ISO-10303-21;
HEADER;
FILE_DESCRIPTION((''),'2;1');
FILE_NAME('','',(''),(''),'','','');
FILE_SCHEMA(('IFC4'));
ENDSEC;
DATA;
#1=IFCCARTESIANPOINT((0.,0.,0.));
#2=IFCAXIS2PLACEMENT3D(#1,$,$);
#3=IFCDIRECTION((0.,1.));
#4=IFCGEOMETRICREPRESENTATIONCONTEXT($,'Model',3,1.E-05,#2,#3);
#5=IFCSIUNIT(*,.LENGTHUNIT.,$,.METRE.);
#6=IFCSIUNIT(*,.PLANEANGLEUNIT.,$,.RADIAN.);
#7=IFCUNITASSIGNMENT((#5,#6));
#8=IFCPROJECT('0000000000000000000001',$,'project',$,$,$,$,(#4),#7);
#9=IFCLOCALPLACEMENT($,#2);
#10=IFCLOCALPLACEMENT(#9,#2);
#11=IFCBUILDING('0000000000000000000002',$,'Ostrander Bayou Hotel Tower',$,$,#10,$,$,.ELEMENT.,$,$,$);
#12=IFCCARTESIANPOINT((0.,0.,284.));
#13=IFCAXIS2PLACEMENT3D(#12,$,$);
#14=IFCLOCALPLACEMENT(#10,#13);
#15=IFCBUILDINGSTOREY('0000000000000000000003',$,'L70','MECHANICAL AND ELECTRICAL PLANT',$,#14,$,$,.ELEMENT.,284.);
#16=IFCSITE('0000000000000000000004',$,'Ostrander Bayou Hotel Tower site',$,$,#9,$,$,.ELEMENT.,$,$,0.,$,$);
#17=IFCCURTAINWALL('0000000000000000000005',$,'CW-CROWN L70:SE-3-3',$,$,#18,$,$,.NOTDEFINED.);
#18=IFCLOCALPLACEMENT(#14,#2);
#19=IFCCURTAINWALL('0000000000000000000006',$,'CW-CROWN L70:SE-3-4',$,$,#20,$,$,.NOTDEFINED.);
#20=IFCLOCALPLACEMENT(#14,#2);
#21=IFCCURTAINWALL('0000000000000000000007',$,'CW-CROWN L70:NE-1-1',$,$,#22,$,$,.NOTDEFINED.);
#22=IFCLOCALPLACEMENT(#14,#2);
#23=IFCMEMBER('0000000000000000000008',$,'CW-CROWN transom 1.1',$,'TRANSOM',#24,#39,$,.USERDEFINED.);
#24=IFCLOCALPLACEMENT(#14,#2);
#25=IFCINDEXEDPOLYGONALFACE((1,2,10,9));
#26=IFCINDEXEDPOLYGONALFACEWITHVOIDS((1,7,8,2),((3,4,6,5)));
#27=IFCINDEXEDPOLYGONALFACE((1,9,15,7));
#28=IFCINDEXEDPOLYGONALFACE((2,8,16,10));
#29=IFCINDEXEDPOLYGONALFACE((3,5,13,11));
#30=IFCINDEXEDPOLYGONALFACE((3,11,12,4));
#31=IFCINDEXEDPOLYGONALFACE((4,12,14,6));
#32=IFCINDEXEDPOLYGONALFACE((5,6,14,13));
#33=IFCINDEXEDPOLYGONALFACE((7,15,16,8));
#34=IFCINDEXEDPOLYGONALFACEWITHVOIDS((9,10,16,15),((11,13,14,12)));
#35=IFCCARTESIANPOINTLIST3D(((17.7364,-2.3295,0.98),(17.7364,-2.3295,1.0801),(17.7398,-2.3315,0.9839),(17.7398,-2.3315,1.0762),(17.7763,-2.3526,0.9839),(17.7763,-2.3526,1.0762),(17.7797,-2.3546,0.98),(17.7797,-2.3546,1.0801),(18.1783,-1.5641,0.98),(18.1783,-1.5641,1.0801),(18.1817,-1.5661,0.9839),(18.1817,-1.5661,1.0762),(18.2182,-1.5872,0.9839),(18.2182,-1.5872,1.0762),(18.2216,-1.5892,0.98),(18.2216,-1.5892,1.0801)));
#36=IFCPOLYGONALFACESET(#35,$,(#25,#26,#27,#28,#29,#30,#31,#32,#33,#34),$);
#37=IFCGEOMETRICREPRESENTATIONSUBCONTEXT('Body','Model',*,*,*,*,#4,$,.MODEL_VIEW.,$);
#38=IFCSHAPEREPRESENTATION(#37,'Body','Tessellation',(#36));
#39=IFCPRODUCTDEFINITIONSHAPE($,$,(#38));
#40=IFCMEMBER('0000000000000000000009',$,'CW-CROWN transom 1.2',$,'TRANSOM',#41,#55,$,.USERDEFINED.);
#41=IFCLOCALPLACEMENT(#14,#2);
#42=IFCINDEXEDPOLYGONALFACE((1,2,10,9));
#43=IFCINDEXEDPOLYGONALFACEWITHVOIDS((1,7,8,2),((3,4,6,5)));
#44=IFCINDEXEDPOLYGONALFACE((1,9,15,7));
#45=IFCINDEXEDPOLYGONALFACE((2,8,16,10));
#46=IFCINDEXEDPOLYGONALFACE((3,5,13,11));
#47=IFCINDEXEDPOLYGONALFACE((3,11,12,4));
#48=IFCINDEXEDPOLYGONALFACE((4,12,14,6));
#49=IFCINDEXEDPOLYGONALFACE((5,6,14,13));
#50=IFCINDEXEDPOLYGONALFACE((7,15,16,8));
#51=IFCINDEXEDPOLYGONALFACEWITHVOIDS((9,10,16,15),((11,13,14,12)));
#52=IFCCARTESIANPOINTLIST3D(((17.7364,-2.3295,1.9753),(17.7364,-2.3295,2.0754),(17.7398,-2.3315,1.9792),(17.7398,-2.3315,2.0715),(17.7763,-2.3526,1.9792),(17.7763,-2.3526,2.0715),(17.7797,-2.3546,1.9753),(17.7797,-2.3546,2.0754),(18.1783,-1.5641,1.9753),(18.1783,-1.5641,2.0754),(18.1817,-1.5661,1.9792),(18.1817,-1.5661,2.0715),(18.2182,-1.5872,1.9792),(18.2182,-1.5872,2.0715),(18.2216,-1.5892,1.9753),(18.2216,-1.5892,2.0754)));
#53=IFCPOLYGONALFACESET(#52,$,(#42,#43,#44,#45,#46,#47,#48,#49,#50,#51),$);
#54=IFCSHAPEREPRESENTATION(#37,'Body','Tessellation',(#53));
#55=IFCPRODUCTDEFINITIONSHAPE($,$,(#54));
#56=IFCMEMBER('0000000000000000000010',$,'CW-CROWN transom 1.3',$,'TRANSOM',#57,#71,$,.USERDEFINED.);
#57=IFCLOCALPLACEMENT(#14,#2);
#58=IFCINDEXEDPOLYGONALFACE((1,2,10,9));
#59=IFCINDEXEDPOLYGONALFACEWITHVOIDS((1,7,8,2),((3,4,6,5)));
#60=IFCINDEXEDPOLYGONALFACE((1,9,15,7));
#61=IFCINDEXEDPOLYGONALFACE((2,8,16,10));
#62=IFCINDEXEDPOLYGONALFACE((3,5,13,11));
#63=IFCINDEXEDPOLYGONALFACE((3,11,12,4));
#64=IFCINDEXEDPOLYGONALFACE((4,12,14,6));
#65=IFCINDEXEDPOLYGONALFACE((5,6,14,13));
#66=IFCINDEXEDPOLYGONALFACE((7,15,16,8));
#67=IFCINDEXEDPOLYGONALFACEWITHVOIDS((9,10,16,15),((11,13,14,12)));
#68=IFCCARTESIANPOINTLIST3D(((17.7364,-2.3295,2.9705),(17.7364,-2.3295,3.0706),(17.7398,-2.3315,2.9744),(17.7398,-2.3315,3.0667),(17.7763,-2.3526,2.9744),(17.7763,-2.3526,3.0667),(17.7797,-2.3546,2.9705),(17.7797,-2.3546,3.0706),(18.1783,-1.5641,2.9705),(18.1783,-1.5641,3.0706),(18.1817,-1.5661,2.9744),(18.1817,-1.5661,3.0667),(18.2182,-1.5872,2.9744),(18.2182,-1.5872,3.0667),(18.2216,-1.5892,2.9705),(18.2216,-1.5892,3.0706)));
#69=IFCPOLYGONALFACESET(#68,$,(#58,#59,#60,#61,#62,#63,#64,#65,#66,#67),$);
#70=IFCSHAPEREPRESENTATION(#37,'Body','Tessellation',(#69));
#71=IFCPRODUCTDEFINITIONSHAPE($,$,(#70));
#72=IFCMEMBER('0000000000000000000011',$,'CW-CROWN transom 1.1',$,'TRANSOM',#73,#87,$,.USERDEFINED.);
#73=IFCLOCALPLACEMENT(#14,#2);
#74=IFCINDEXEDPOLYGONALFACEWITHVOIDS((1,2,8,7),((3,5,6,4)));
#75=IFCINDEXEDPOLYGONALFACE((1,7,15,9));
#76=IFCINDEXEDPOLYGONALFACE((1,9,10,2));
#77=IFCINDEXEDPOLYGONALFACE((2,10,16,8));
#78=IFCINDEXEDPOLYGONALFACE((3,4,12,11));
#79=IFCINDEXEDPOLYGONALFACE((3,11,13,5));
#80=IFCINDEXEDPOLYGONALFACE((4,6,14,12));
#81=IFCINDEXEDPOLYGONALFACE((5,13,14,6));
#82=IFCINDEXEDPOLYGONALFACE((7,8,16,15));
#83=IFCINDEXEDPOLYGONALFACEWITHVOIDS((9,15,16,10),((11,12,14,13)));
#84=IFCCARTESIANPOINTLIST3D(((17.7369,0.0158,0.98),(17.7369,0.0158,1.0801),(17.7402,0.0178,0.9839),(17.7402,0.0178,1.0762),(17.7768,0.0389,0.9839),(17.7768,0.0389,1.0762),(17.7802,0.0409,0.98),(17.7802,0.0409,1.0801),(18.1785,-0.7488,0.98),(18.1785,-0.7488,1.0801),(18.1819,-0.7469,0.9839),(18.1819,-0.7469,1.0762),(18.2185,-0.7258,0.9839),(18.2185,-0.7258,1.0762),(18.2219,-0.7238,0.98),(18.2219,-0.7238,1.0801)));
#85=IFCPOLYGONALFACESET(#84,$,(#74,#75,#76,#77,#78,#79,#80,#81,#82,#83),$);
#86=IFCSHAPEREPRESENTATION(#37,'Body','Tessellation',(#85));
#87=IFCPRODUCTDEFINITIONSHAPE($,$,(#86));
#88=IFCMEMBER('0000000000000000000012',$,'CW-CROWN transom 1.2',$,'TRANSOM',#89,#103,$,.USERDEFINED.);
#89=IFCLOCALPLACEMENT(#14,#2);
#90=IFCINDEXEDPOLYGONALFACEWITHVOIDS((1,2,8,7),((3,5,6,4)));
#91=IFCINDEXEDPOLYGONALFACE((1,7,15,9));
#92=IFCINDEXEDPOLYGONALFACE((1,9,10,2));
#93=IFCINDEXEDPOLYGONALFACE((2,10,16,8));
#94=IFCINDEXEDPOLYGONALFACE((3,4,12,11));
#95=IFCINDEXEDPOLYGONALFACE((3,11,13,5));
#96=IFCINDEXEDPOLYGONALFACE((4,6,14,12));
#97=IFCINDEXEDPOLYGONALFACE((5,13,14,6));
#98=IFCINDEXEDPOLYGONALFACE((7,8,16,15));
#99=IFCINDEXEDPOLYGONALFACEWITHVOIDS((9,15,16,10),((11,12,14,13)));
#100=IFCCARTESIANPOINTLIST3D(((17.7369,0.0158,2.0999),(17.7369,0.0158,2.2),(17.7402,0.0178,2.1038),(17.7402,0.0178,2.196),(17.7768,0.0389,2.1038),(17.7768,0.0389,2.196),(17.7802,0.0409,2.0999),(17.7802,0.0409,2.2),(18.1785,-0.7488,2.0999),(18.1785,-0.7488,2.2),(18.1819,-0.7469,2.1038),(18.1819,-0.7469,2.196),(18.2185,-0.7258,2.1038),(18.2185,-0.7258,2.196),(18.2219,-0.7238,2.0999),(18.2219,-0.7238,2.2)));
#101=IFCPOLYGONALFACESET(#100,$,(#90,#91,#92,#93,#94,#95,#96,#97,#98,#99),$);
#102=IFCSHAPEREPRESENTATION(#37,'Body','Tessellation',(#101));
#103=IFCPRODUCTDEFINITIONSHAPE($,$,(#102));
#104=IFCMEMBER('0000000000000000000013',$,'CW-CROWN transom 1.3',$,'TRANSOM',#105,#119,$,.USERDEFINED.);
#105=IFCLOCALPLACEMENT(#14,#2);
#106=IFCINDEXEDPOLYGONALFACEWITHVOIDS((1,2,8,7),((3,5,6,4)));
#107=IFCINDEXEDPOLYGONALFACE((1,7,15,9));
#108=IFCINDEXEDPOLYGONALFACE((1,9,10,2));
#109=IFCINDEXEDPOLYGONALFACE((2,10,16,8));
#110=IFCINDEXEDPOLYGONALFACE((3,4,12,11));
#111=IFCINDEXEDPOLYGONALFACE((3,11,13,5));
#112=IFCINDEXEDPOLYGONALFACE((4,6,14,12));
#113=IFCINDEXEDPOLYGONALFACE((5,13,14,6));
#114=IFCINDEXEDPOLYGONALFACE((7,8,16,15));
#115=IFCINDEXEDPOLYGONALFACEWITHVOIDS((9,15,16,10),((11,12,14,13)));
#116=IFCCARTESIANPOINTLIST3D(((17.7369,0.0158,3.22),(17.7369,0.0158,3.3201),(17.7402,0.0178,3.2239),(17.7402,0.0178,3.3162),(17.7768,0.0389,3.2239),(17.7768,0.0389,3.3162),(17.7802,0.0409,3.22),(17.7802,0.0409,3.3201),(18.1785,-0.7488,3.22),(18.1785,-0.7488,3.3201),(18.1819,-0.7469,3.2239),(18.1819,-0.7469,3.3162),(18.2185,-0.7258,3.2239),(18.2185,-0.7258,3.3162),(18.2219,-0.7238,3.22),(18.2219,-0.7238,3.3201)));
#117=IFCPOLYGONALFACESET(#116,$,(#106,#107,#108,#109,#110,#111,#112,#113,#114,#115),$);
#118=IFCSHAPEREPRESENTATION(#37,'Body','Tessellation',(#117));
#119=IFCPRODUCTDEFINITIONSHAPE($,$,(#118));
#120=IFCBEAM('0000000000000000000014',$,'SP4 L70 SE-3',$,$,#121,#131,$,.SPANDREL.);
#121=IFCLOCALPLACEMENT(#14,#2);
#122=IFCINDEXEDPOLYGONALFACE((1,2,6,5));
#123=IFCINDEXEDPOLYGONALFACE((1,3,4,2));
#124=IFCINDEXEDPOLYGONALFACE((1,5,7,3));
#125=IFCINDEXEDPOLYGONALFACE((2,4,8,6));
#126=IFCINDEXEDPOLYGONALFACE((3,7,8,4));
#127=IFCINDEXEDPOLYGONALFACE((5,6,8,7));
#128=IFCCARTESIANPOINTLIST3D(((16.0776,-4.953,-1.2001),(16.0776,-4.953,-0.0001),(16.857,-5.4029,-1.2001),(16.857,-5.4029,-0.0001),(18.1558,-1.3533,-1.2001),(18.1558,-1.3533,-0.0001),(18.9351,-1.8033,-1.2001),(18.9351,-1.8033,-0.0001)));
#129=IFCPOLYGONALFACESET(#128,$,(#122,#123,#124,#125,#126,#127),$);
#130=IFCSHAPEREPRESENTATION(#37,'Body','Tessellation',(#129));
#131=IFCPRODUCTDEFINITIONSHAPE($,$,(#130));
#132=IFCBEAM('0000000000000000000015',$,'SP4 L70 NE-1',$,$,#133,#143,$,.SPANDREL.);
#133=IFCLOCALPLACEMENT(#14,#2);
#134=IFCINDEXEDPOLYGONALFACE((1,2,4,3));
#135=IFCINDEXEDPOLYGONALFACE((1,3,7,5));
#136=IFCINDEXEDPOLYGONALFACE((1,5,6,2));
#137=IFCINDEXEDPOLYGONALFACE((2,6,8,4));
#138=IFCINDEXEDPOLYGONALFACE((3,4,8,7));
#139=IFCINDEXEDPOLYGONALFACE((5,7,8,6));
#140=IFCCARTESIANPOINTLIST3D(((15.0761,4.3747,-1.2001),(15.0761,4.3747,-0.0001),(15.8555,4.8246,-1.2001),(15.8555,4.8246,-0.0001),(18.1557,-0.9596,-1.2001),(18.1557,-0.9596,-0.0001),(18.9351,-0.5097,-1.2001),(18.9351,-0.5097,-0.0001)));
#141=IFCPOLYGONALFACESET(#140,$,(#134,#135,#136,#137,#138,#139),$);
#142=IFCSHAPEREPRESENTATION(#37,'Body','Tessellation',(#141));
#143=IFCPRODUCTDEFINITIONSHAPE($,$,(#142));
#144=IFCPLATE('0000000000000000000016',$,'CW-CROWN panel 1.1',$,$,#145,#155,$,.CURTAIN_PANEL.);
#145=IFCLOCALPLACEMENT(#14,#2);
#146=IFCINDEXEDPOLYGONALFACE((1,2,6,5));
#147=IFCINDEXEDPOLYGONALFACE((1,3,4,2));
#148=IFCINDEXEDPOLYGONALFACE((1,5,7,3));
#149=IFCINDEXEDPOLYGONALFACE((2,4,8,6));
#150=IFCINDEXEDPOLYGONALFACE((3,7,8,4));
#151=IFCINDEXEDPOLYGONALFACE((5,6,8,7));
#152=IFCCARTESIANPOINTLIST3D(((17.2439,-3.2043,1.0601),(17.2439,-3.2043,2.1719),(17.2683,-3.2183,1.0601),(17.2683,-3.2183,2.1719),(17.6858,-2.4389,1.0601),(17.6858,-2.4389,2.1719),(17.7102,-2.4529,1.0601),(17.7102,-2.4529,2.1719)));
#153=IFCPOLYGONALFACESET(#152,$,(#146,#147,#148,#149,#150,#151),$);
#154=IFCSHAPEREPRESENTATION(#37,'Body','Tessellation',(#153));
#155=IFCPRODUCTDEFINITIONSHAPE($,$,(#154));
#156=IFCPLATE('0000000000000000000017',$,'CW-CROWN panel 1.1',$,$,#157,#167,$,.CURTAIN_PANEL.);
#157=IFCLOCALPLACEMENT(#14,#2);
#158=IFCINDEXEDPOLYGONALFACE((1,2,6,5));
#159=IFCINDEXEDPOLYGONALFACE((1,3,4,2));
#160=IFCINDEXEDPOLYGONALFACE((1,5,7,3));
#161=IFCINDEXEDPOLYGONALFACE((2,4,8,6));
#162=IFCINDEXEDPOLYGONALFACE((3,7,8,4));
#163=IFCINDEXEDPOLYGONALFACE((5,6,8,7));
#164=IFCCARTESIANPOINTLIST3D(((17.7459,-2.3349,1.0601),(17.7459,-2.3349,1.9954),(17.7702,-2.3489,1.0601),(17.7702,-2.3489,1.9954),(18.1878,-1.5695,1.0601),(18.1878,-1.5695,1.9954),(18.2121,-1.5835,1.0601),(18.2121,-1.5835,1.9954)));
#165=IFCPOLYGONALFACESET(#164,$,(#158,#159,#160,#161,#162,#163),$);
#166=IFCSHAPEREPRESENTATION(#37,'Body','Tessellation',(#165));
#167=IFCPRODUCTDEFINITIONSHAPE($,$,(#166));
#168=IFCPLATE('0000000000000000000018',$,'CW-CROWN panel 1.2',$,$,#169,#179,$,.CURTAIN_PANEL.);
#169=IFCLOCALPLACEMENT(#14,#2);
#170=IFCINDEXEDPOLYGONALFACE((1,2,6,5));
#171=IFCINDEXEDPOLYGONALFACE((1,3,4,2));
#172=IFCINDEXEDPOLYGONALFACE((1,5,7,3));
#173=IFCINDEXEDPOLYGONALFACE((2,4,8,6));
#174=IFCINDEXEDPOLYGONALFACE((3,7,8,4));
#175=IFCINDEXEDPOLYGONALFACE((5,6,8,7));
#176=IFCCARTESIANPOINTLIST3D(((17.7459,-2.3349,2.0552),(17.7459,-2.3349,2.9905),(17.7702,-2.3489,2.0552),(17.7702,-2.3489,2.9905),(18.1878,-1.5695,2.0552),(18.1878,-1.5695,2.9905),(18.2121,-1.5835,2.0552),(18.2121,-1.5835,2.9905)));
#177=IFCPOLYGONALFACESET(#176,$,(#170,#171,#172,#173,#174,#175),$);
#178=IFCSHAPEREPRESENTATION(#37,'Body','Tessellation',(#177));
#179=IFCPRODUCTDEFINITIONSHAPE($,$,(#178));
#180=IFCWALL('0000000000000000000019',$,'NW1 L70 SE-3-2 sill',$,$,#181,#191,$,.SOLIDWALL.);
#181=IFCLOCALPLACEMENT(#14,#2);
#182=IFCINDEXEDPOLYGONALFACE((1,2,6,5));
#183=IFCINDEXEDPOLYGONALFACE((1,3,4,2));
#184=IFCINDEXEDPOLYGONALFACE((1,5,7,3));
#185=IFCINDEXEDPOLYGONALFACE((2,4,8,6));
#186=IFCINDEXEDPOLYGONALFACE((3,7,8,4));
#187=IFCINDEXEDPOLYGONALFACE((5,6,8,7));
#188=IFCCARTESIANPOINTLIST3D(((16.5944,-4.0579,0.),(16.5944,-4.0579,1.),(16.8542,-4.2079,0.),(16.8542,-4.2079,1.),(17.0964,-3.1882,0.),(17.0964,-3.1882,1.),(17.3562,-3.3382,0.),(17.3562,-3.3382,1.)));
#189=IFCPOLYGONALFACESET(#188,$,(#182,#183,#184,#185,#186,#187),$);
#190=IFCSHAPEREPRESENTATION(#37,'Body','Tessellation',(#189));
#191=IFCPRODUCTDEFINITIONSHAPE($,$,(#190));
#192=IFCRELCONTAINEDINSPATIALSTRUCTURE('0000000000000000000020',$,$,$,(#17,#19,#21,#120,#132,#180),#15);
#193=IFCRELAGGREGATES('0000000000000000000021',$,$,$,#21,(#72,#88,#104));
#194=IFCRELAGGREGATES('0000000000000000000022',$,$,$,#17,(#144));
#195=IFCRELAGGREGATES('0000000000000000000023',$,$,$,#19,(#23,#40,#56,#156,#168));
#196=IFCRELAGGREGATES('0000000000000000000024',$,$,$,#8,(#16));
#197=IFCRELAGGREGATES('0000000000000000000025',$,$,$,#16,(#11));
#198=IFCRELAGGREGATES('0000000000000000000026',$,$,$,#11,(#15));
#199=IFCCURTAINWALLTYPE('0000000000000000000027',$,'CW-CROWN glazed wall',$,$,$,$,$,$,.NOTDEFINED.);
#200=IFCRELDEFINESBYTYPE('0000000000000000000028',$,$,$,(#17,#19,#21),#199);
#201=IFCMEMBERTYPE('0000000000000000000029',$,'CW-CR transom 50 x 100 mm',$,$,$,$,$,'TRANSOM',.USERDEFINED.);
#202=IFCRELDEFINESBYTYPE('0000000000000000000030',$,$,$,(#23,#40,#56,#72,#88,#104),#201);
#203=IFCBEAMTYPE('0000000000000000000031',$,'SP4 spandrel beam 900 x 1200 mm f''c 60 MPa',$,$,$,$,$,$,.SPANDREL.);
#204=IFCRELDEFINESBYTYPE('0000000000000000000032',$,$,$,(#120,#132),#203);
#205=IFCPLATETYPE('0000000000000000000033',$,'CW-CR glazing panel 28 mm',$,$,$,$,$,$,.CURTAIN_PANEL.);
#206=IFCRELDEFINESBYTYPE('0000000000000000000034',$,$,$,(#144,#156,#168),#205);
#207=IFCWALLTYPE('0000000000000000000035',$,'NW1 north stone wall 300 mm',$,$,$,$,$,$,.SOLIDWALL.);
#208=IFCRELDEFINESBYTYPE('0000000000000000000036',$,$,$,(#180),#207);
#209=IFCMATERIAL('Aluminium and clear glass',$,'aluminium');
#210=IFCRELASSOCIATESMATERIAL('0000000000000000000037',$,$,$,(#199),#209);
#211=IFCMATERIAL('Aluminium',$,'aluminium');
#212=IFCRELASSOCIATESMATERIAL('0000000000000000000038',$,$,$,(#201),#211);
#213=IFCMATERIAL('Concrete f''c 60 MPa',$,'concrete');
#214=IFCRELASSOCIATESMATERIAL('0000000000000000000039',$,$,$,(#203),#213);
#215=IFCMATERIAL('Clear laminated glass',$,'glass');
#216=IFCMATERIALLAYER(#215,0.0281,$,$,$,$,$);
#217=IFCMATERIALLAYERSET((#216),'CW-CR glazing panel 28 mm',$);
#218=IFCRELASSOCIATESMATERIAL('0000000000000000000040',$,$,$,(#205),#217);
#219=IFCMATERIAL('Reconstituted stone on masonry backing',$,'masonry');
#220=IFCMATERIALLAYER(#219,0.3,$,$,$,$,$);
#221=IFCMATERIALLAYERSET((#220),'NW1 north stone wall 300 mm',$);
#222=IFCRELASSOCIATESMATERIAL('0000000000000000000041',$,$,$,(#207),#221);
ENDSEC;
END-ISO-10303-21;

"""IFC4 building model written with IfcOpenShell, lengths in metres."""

from ifc_helpers import new_model, si_unit, direction, frame, frame_2d, origin, origin_2d, place, context, subcontext, project, spatial, rectangle, hollow_rectangle, extrude, material, layer, layer_set, material_profile, profile_set, type_object, element, aggregate, save


model = new_model("IFC4")

# Units and contexts
model_context = context("Model", 3, precision=1e-05, world=origin(), true_north=direction((0.0, 1.0)))
body_context = subcontext(model_context, "Body", "Model", "MODEL_VIEW")
ifc_project = project(units=[si_unit("LENGTHUNIT", "METRE"), si_unit("PLANEANGLEUNIT", "RADIAN")], contexts=[model_context])

# Site, building, storey
site_placement = place(None, origin())
site = spatial("IfcSite", under=ifc_project, at=site_placement, Name="Ostrander Bayou Hotel Tower site", CompositionType="ELEMENT", RefElevation=0.0)
building_placement = place(site_placement, origin())
building = spatial("IfcBuilding", under=site, at=building_placement, Name="Ostrander Bayou Hotel Tower", CompositionType="ELEMENT")
storey_placement = place(building_placement, frame((0.0, 0.0, 284.0)))
storey = spatial("IfcBuildingStorey", under=building, at=storey_placement, Name="L70", Description="MECHANICAL AND ELECTRICAL PLANT", CompositionType="ELEMENT", Elevation=284.0)

# Curtain walls
ifc_material_1 = material(Name="Aluminium and clear glass", Category="aluminium")
curtain_wall_type = type_object("IfcCurtainWallType", Name="CW-CROWN glazed wall", PredefinedType="NOTDEFINED", material=ifc_material_1)
curtain_wall_1_placement = place(storey_placement, origin())
curtain_wall_1 = element("IfcCurtainWall", 1, at=curtain_wall_1_placement, inside=storey, type_object=curtain_wall_type, Name="CW-CROWN L70:SE-3-3", PredefinedType="NOTDEFINED")
curtain_wall_2_placement = place(storey_placement, origin())
curtain_wall_2 = element("IfcCurtainWall", 2, at=curtain_wall_2_placement, inside=storey, type_object=curtain_wall_type, Name="CW-CROWN L70:SE-3-4", PredefinedType="NOTDEFINED")

# Curtain wall
curtain_wall_3_placement = place(storey_placement, origin())
curtain_wall_3 = element("IfcCurtainWall", 3, at=curtain_wall_3_placement, inside=storey, type_object=curtain_wall_type, Name="CW-CROWN L70:NE-1-1", PredefinedType="NOTDEFINED")

# Members
ifc_material_2 = material(Name="Aluminium", Category="aluminium")
ifc_material_profile_1 = material_profile(ifc_material_2, hollow_rectangle(XDim=0.05, YDim=0.1001, WallThickness=0.0039, at=origin_2d()))
ifc_profile_set_1 = profile_set([ifc_material_profile_1], Name="Aluminium")
member_type_1 = type_object("IfcMemberType", Name="CW-CR transom 50 x 100 mm", ElementType="TRANSOM", PredefinedType="USERDEFINED", material=ifc_profile_set_1)
member_1_placement = place(storey_placement, frame((17.7581, -2.342, 1.03), z_axis=(0.500001, 0.866025, 0.0), x_axis=(-0.866025, 0.500001, 0.0)))
member_1 = element("IfcMember", 4, at=member_1_placement, type_object=member_type_1, Name="CW-CROWN transom 1.1", ObjectType="TRANSOM", PredefinedType="USERDEFINED", context=body_context, shape_type="SweptSolid", body=[
    extrude(hollow_rectangle(XDim=0.05, YDim=0.1001, WallThickness=0.0039, at=origin_2d()), origin(), (0.0, 0.0, 1.0), 0.8838),
])
member_2_placement = place(storey_placement, frame((17.7581, -2.342, 2.0254), z_axis=(0.500001, 0.866025, 0.0), x_axis=(-0.866025, 0.500001, 0.0)))
member_2 = element("IfcMember", 5, at=member_2_placement, type_object=member_type_1, Name="CW-CROWN transom 1.2", ObjectType="TRANSOM", PredefinedType="USERDEFINED", context=body_context, shape_type="SweptSolid", body=[
    extrude(hollow_rectangle(XDim=0.05, YDim=0.1001, WallThickness=0.0039, at=origin_2d()), origin(), (0.0, 0.0, 1.0), 0.8838),
])
member_3_placement = place(storey_placement, frame((17.7581, -2.342, 3.0205), z_axis=(0.500001, 0.866025, 0.0), x_axis=(-0.866025, 0.500001, 0.0)))
member_3 = element("IfcMember", 6, at=member_3_placement, type_object=member_type_1, Name="CW-CROWN transom 1.3", ObjectType="TRANSOM", PredefinedType="USERDEFINED", context=body_context, shape_type="SweptSolid", body=[
    extrude(hollow_rectangle(XDim=0.05, YDim=0.1001, WallThickness=0.0039, at=origin_2d()), origin(), (0.0, 0.0, 1.0), 0.8838),
])
member_4_placement = place(storey_placement, frame((18.2002, -0.7363, 1.03), z_axis=(-0.500153, 0.865937, 0.0), x_axis=(-0.865937, -0.500153, 0.0)))
member_4 = element("IfcMember", 7, at=member_4_placement, type_object=member_type_1, Name="CW-CROWN transom 1.1", ObjectType="TRANSOM", PredefinedType="USERDEFINED", context=body_context, shape_type="SweptSolid", body=[
    extrude(hollow_rectangle(XDim=0.05, YDim=0.1001, WallThickness=0.0039, at=origin_2d()), origin(), (0.0, 0.0, 1.0), 0.8831),
])
member_5_placement = place(storey_placement, frame((18.2002, -0.7363, 2.1499), z_axis=(-0.500153, 0.865937, 0.0), x_axis=(-0.865937, -0.500153, 0.0)))
member_5 = element("IfcMember", 8, at=member_5_placement, type_object=member_type_1, Name="CW-CROWN transom 1.2", ObjectType="TRANSOM", PredefinedType="USERDEFINED", context=body_context, shape_type="SweptSolid", body=[
    extrude(hollow_rectangle(XDim=0.05, YDim=0.1001, WallThickness=0.0039, at=origin_2d()), origin(), (0.0, 0.0, 1.0), 0.8831),
])
member_6_placement = place(storey_placement, frame((18.2002, -0.7363, 3.27), z_axis=(-0.500153, 0.865937, 0.0), x_axis=(-0.865937, -0.500153, 0.0)))
member_6 = element("IfcMember", 9, at=member_6_placement, type_object=member_type_1, Name="CW-CROWN transom 1.3", ObjectType="TRANSOM", PredefinedType="USERDEFINED", context=body_context, shape_type="SweptSolid", body=[
    extrude(hollow_rectangle(XDim=0.05, YDim=0.1001, WallThickness=0.0039, at=origin_2d()), origin(), (0.0, 0.0, 1.0), 0.8831),
])
aggregate(curtain_wall_3, [member_4, member_5, member_6])

# Beams
ifc_material_3 = material(Name="Concrete f'c 60 MPa", Category="concrete")
ifc_material_profile_2 = material_profile(ifc_material_3, rectangle(XDim=0.8999, YDim=1.2, at=origin_2d()))
ifc_profile_set_2 = profile_set([ifc_material_profile_2], Name="Concrete f'c 60 MPa")
beam_type = type_object("IfcBeamType", Name="SP4 spandrel beam 900 x 1200 mm f'c 60 MPa", PredefinedType="SPANDREL", material=ifc_profile_set_2)
beam_1_placement = place(storey_placement, frame((16.4673, -5.178, -0.6001), z_axis=(0.49998, 0.866037, 0.0), x_axis=(-0.866037, 0.49998, 0.0)))
element("IfcBeam", 10, at=beam_1_placement, inside=storey, type_object=beam_type, Name="SP4 L70 SE-3", PredefinedType="SPANDREL", context=body_context, shape_type="SweptSolid", body=[
    extrude(rectangle(XDim=0.8999, YDim=1.2, at=origin_2d()), origin(), (0.0, 0.0, 1.0), 4.1565),
])
beam_2_placement = place(storey_placement, frame((18.5454, -0.7346, -0.6001), z_axis=(-0.499984, 0.866034, 0.0), x_axis=(-0.866034, -0.499984, 0.0)))
element("IfcBeam", 11, at=beam_2_placement, inside=storey, type_object=beam_type, Name="SP4 L70 NE-1", PredefinedType="SPANDREL", context=body_context, shape_type="SweptSolid", body=[
    extrude(rectangle(XDim=0.8999, YDim=1.2, at=origin_2d()), origin(), (0.0, 0.0, 1.0), 6.1594),
])

# Plates
ifc_material_4 = material(Name="Clear laminated glass", Category="glass")
ifc_layer_1 = layer(ifc_material_4, 0.0281)
ifc_layer_set_1 = layer_set([ifc_layer_1], Name="CW-CR glazing panel 28 mm")
plate_type = type_object("IfcPlateType", Name="CW-CR glazing panel 28 mm", PredefinedType="CURTAIN_PANEL", material=ifc_layer_set_1)
plate_1_placement = place(storey_placement, frame((17.4771, -2.8286, 1.0601), z_axis=(0.0, 0.0, 1.0), x_axis=(0.500007, 0.866021, 0.0)))
plate_1 = element("IfcPlate", 12, at=plate_1_placement, type_object=plate_type, Name="CW-CROWN panel 1.1", PredefinedType="CURTAIN_PANEL", context=body_context, shape_type="SweptSolid", body=[
    extrude(rectangle(XDim=0.8838, YDim=0.0281, at=origin_2d()), origin(), (0.0, 0.0, 1.0), 1.1118),
])
aggregate(curtain_wall_1, [plate_1])
plate_2_placement = place(storey_placement, frame((17.979, -1.9592, 1.0601), z_axis=(0.0, 0.0, 1.0), x_axis=(0.499964, 0.866046, 0.0)))
plate_2 = element("IfcPlate", 13, at=plate_2_placement, type_object=plate_type, Name="CW-CROWN panel 1.1", PredefinedType="CURTAIN_PANEL", context=body_context, shape_type="SweptSolid", body=[
    extrude(rectangle(XDim=0.8838, YDim=0.0281, at=origin_2d()), origin(), (0.0, 0.0, 1.0), 0.9353),
])
plate_3_placement = place(storey_placement, frame((17.979, -1.9592, 2.0552), z_axis=(0.0, 0.0, 1.0), x_axis=(0.499964, 0.866046, 0.0)))
plate_3 = element("IfcPlate", 14, at=plate_3_placement, type_object=plate_type, Name="CW-CROWN panel 1.2", PredefinedType="CURTAIN_PANEL", context=body_context, shape_type="SweptSolid", body=[
    extrude(rectangle(XDim=0.8838, YDim=0.0281, at=origin_2d()), origin(), (0.0, 0.0, 1.0), 0.9353),
])
aggregate(curtain_wall_2, [member_1, member_2, member_3, plate_2, plate_3])

# Wall
ifc_material_5 = material(Name="Reconstituted stone on masonry backing", Category="masonry")
ifc_layer_2 = layer(ifc_material_5, 0.3)
ifc_layer_set_2 = layer_set([ifc_layer_2], Name="NW1 north stone wall 300 mm")
wall_type = type_object("IfcWallType", Name="NW1 north stone wall 300 mm", PredefinedType="SOLIDWALL", material=ifc_layer_set_2)
wall_1_placement = place(storey_placement, frame((16.7244, -4.1328, 0.0), z_axis=(0.0, 0.0, 1.0), x_axis=(0.499905, 0.86608, 0.0)))
element("IfcWall", 15, at=wall_1_placement, inside=storey, type_object=wall_type, Name="NW1 L70 SE-3-2 sill", PredefinedType="SOLIDWALL", context=body_context, shape_type="SweptSolid", body=[
    extrude(rectangle(XDim=1.0042, YDim=0.3, at=frame_2d((0.502, 0.0))), origin(), (0.0, 0.0, 1.0), 1.0),
])

save(model, "model.ifc")
